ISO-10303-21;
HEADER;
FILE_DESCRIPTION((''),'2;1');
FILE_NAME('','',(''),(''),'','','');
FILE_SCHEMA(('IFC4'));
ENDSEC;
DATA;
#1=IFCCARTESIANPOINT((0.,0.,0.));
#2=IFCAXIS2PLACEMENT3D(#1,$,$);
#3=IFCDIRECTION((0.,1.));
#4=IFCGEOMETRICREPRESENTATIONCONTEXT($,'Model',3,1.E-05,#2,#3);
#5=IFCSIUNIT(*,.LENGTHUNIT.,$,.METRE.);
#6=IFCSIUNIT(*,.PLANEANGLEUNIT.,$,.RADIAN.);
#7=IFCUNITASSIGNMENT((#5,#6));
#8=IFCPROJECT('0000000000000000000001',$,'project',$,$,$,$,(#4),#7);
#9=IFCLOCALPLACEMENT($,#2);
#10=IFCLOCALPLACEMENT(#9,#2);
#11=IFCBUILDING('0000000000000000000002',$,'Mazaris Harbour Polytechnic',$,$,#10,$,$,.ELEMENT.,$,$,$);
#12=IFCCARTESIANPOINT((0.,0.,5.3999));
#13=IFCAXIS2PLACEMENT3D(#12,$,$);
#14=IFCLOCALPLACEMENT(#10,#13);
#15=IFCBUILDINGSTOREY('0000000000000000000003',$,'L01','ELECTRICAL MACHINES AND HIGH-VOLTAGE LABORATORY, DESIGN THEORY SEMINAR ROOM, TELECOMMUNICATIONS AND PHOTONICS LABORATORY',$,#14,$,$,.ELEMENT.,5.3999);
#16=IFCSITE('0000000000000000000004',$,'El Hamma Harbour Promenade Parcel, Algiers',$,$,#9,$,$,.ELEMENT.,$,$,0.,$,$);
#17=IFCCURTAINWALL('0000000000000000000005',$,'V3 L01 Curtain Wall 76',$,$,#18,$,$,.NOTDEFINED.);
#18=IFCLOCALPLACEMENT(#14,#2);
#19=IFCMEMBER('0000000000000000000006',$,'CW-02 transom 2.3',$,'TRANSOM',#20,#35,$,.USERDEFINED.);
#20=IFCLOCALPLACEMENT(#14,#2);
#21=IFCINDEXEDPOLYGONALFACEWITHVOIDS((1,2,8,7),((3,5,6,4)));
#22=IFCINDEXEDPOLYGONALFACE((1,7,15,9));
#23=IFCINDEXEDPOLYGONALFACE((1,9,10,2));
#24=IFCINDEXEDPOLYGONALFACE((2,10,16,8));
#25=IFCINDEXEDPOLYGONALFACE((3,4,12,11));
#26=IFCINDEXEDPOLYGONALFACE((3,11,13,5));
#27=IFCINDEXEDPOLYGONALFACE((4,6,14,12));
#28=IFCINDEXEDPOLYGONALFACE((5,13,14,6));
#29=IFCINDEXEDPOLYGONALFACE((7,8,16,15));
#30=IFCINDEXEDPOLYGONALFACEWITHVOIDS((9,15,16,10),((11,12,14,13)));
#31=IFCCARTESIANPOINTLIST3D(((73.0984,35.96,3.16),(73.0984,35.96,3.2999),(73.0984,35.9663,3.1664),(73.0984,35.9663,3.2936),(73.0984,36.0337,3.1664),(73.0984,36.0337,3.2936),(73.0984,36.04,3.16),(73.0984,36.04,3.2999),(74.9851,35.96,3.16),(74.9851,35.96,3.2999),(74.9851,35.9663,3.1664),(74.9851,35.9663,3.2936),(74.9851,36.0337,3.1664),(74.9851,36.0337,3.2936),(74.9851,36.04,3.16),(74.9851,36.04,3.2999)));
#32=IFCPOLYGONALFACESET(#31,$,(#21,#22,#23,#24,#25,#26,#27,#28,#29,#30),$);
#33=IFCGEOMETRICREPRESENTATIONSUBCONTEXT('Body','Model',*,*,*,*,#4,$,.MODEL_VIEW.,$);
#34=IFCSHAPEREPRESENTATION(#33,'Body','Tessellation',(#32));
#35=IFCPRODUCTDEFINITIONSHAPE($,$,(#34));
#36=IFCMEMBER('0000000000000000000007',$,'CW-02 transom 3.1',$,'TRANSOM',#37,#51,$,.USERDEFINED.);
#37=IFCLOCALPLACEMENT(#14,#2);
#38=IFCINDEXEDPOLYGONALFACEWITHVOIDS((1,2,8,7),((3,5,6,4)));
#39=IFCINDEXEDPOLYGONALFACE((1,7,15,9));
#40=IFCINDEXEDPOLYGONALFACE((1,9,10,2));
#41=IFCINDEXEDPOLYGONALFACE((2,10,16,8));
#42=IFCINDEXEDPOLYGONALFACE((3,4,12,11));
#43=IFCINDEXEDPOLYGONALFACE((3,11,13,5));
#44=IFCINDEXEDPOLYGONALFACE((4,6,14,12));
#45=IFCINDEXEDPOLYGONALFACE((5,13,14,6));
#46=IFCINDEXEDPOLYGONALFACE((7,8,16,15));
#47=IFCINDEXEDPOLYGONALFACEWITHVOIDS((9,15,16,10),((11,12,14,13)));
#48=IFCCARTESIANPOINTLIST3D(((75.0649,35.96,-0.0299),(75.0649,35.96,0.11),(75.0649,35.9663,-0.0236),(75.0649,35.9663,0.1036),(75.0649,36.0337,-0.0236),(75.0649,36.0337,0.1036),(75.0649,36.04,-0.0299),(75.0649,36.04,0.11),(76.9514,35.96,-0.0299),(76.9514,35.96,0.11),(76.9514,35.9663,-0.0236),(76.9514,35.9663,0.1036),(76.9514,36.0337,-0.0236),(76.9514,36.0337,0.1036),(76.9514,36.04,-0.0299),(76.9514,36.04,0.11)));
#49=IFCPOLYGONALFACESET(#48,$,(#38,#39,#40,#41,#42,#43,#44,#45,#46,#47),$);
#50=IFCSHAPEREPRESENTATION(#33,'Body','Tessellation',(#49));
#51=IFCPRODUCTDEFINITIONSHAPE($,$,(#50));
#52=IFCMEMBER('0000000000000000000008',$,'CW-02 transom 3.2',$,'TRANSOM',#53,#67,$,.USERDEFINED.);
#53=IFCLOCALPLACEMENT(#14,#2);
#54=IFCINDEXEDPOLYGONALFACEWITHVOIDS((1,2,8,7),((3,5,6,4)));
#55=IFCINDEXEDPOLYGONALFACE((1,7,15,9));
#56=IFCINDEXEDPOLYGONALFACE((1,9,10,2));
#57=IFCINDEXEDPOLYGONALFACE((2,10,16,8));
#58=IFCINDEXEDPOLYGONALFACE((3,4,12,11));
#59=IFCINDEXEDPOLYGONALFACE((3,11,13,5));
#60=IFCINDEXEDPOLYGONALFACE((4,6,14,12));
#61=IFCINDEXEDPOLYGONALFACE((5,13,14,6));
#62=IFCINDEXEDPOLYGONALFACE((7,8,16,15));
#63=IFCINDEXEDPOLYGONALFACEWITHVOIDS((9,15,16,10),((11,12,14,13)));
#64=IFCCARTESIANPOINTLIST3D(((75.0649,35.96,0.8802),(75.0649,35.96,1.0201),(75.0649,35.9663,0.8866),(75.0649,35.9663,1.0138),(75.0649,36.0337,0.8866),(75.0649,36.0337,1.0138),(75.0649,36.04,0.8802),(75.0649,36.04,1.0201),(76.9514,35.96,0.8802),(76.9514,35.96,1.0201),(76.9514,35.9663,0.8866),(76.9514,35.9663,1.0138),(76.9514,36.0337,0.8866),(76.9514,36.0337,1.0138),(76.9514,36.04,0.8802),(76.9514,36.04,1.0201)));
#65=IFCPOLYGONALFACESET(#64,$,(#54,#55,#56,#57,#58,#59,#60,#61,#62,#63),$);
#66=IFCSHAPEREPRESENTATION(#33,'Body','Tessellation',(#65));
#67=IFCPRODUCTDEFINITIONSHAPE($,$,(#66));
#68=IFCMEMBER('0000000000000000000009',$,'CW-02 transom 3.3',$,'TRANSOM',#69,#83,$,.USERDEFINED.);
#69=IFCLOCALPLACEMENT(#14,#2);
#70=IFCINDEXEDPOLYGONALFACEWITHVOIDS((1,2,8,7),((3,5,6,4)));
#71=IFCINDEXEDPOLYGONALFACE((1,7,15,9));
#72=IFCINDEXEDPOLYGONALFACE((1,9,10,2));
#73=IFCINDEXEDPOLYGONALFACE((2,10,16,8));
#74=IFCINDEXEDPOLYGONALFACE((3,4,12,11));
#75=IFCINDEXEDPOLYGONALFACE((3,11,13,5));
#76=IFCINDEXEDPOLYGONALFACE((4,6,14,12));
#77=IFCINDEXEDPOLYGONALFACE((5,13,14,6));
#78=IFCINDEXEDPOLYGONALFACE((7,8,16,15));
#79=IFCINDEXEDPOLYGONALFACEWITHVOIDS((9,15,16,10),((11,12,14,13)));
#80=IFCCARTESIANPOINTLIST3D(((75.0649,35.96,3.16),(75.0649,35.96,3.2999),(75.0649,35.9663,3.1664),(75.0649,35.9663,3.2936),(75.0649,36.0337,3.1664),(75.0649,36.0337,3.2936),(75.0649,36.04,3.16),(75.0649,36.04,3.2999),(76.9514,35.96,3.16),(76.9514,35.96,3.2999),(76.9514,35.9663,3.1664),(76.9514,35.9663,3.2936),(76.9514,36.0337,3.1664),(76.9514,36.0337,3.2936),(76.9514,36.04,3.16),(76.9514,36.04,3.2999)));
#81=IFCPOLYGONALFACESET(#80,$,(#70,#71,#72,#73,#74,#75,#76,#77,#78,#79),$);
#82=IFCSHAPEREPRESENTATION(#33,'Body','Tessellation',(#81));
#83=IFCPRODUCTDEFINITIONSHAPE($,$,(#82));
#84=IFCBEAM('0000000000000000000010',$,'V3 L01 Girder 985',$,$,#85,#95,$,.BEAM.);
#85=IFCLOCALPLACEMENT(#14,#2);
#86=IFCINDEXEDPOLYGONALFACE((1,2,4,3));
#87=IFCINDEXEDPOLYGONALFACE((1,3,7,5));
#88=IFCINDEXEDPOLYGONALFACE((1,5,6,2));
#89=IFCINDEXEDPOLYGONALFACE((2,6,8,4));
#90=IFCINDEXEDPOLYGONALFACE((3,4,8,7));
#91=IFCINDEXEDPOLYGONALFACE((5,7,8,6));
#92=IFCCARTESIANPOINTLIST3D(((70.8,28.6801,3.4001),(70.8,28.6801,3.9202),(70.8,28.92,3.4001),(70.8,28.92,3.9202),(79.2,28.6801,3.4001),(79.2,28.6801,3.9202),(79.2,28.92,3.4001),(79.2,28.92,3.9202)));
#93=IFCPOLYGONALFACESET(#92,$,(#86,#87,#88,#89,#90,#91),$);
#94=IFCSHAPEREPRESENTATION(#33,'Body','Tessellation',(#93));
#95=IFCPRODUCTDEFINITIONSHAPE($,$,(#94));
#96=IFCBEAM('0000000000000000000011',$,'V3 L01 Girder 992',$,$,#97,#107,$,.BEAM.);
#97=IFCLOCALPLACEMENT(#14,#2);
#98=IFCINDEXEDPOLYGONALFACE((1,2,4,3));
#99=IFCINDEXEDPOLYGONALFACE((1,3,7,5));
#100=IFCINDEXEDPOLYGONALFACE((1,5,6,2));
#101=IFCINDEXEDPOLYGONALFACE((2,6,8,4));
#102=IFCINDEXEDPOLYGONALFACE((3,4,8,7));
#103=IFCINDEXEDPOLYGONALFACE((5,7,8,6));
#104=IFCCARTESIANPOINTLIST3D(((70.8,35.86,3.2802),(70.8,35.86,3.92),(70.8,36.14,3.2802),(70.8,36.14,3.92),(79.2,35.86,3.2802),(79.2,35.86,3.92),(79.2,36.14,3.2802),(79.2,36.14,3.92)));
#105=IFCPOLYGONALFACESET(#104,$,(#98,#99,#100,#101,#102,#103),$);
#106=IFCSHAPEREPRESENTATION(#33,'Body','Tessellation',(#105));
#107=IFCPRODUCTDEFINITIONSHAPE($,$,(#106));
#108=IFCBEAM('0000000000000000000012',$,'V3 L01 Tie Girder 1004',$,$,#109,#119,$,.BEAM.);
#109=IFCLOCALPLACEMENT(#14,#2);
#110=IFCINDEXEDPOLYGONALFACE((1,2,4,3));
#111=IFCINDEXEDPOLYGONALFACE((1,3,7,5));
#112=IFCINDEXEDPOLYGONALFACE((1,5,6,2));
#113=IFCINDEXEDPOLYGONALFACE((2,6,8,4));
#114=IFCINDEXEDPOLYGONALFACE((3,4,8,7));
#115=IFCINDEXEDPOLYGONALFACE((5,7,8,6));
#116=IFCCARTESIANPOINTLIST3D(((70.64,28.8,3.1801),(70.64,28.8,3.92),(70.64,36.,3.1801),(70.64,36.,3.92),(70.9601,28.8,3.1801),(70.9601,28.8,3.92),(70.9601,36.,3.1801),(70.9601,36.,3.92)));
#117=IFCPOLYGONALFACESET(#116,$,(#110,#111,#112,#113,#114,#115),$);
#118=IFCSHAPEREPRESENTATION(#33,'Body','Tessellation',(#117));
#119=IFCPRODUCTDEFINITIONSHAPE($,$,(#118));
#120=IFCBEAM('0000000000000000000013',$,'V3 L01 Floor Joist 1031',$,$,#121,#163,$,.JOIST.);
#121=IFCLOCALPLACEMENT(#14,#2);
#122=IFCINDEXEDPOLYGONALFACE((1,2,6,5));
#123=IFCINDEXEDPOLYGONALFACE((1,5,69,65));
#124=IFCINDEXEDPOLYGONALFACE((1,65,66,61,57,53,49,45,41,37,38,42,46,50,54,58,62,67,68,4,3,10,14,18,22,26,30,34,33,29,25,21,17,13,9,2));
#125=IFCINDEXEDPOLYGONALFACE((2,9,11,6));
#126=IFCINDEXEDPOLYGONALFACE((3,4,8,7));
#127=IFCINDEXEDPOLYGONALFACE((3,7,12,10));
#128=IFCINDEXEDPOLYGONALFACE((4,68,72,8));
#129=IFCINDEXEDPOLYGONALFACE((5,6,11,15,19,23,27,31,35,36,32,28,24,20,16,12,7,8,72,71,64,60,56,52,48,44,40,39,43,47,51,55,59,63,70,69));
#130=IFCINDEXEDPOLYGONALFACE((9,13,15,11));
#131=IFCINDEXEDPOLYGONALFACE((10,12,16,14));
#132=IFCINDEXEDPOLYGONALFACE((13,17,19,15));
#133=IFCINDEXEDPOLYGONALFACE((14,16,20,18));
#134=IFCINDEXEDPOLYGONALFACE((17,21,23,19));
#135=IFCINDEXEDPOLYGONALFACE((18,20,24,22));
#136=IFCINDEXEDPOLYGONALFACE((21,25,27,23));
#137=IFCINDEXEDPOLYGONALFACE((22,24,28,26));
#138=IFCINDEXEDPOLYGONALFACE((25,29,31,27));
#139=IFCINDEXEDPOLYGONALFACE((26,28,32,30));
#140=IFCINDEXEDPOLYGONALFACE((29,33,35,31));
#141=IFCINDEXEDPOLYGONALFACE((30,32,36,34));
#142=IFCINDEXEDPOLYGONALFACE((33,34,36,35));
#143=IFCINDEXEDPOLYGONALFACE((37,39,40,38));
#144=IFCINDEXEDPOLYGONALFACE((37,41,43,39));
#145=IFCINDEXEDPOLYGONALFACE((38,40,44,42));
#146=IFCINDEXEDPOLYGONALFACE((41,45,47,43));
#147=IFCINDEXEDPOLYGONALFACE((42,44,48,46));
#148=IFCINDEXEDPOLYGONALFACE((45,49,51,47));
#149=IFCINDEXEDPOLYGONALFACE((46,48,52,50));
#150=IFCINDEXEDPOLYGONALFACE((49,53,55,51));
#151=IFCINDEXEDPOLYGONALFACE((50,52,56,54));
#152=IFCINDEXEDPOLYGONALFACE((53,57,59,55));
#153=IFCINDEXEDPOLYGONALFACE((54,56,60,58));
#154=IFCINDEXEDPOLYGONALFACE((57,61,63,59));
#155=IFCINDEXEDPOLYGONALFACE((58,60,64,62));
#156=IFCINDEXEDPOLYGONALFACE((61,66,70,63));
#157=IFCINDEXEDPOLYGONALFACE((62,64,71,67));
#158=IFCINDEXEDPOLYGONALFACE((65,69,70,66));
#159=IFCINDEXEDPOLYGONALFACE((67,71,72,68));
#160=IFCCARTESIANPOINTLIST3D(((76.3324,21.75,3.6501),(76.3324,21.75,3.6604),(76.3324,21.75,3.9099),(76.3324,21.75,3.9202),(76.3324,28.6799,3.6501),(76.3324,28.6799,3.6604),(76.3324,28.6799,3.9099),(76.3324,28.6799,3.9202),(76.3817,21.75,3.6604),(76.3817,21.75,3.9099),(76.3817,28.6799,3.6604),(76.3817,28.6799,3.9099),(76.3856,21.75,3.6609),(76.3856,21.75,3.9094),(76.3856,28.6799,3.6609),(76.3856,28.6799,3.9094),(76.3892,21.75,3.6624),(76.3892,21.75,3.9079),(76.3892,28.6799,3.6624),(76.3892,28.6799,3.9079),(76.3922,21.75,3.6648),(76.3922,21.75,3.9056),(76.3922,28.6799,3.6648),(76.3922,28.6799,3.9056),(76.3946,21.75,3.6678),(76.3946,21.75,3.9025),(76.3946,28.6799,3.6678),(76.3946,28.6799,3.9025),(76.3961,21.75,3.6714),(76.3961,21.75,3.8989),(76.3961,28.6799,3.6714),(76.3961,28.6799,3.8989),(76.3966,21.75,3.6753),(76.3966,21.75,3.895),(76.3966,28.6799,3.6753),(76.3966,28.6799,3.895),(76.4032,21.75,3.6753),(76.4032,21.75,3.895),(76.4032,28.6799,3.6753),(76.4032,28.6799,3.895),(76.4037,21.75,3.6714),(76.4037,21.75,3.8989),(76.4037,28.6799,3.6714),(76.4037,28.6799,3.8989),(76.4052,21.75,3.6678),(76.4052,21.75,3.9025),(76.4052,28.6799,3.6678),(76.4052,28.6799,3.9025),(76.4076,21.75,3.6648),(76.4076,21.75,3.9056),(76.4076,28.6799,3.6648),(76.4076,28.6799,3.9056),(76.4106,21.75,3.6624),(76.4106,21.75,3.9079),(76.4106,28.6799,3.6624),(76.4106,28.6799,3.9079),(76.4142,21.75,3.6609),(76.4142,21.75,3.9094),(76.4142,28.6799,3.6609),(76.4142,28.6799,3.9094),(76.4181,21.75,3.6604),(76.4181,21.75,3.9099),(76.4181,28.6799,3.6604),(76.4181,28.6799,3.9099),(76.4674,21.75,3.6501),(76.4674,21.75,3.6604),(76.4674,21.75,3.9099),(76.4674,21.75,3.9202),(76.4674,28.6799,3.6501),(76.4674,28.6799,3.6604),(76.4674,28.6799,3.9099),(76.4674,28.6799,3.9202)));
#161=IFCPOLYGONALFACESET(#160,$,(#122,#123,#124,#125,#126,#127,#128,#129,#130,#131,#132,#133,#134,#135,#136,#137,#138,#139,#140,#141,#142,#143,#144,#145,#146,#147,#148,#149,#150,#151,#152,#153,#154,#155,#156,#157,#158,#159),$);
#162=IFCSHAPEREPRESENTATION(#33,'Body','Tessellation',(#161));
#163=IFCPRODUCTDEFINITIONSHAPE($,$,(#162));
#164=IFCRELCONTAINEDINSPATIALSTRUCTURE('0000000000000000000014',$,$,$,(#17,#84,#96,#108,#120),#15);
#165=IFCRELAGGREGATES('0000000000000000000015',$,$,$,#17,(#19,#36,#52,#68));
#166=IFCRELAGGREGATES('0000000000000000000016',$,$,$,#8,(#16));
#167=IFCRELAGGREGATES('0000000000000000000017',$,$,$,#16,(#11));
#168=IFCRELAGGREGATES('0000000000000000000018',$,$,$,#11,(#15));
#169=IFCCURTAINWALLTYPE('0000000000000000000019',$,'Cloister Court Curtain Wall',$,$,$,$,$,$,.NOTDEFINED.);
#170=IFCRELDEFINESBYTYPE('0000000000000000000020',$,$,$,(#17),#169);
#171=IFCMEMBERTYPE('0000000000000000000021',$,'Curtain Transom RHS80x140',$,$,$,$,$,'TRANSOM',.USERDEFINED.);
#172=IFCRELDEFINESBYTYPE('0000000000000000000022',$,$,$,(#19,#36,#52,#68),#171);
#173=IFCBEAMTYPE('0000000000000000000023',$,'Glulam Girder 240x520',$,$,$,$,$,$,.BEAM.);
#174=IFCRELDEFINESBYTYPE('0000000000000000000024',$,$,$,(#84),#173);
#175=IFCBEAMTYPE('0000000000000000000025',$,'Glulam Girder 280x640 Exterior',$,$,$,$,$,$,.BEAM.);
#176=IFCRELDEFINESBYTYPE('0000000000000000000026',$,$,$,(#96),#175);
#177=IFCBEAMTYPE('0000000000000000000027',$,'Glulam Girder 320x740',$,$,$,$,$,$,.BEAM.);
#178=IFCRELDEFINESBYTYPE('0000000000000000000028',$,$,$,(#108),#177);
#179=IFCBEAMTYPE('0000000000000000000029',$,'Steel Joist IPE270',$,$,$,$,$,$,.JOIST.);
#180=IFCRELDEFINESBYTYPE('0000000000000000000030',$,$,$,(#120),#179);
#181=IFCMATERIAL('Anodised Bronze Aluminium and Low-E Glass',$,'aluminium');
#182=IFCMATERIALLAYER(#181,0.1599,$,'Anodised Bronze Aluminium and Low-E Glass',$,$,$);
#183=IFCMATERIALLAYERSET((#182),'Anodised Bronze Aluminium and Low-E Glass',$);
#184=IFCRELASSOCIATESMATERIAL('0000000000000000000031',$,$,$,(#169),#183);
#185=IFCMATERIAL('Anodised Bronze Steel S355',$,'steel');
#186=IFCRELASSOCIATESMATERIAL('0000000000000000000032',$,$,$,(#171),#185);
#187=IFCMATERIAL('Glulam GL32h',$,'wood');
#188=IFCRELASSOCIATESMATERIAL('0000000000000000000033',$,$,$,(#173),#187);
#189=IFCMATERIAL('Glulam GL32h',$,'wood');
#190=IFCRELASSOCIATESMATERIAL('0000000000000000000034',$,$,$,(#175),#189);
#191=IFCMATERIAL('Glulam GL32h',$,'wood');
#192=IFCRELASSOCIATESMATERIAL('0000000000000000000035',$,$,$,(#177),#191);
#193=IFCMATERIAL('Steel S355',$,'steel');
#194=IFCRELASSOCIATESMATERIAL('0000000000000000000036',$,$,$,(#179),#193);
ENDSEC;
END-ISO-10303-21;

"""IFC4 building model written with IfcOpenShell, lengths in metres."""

from ifc_helpers import new_model, si_unit, direction, frame, origin, origin_2d, place, context, subcontext, project, spatial, rectangle, hollow_rectangle, i_section, extrude, material, layer, layer_set, material_profile, profile_set, type_object, element, aggregate, save


model = new_model("IFC4")

# Units and contexts
model_context = context("Model", 3, precision=1e-05, world=origin(), true_north=direction((0.0, 1.0)))
body_context = subcontext(model_context, "Body", "Model", "MODEL_VIEW")
ifc_project = project(units=[si_unit("LENGTHUNIT", "METRE"), si_unit("PLANEANGLEUNIT", "RADIAN")], contexts=[model_context])

# Site, building, storey
site_placement = place(None, origin())
site = spatial("IfcSite", under=ifc_project, at=site_placement, Name="El Hamma Harbour Promenade Parcel, Algiers", CompositionType="ELEMENT", RefElevation=0.0)
building_placement = place(site_placement, origin())
building = spatial("IfcBuilding", under=site, at=building_placement, Name="Mazaris Harbour Polytechnic", CompositionType="ELEMENT")
storey_placement = place(building_placement, frame((0.0, 0.0, 5.3999)))
storey = spatial("IfcBuildingStorey", under=building, at=storey_placement, Name="L01", Description="ELECTRICAL MACHINES AND HIGH-VOLTAGE LABORATORY, DESIGN THEORY SEMINAR ROOM, TELECOMMUNICATIONS AND PHOTONICS LABORATORY", CompositionType="ELEMENT", Elevation=5.3999)

# Curtain wall, members
ifc_material_1 = material(Name="Anodised Bronze Aluminium and Low-E Glass", Category="aluminium")
ifc_layer_1 = layer(ifc_material_1, 0.1599, Name="Anodised Bronze Aluminium and Low-E Glass")
ifc_layer_set_1 = layer_set([ifc_layer_1], Name="Anodised Bronze Aluminium and Low-E Glass")
curtain_wall_type = type_object("IfcCurtainWallType", Name="Cloister Court Curtain Wall", PredefinedType="NOTDEFINED", material=ifc_layer_set_1)
curtain_wall_placement = place(storey_placement, origin())
curtain_wall = element("IfcCurtainWall", 1, at=curtain_wall_placement, inside=storey, type_object=curtain_wall_type, Name="V3 L01 Curtain Wall 76", PredefinedType="NOTDEFINED")
ifc_material_2 = material(Name="Anodised Bronze Steel S355", Category="steel")
ifc_material_profile_1 = material_profile(ifc_material_2, hollow_rectangle(XDim=0.0801, YDim=0.1399, WallThickness=0.0063, at=origin_2d()), Name="RHS 80x140x6.3")
ifc_profile_set_1 = profile_set([ifc_material_profile_1], Name="Anodised Bronze Steel S355")
member_type_1 = type_object("IfcMemberType", Name="Curtain Transom RHS80x140", ElementType="TRANSOM", PredefinedType="USERDEFINED", material=ifc_profile_set_1)
member_1_placement = place(storey_placement, frame((73.0984, 36.0, 3.23), z_axis=(1.0, 0.0, 0.0), x_axis=(0.0, 1.0, 0.0)))
member_1 = element("IfcMember", 2, at=member_1_placement, type_object=member_type_1, Name="CW-02 transom 2.3", ObjectType="TRANSOM", PredefinedType="USERDEFINED", context=body_context, shape_type="SweptSolid", body=[
    extrude(hollow_rectangle(XDim=0.0801, YDim=0.1399, WallThickness=0.0063, at=origin_2d()), origin(), (0.0, 0.0, 1.0), 1.8867),
])
member_2_placement = place(storey_placement, frame((75.0649, 36.0, 0.04), z_axis=(1.0, 0.0, 0.0), x_axis=(0.0, 1.0, 0.0)))
member_2 = element("IfcMember", 3, at=member_2_placement, type_object=member_type_1, Name="CW-02 transom 3.1", ObjectType="TRANSOM", PredefinedType="USERDEFINED", context=body_context, shape_type="SweptSolid", body=[
    extrude(hollow_rectangle(XDim=0.0801, YDim=0.1399, WallThickness=0.0063, at=origin_2d()), origin(), (0.0, 0.0, 1.0), 1.8865),
])
member_3_placement = place(storey_placement, frame((75.0649, 36.0, 0.9502), z_axis=(1.0, 0.0, 0.0), x_axis=(0.0, 1.0, 0.0)))
member_3 = element("IfcMember", 4, at=member_3_placement, type_object=member_type_1, Name="CW-02 transom 3.2", ObjectType="TRANSOM", PredefinedType="USERDEFINED", context=body_context, shape_type="SweptSolid", body=[
    extrude(hollow_rectangle(XDim=0.0801, YDim=0.1399, WallThickness=0.0063, at=origin_2d()), origin(), (0.0, 0.0, 1.0), 1.8865),
])
member_4_placement = place(storey_placement, frame((75.0649, 36.0, 3.23), z_axis=(1.0, 0.0, 0.0), x_axis=(0.0, 1.0, 0.0)))
member_4 = element("IfcMember", 5, at=member_4_placement, type_object=member_type_1, Name="CW-02 transom 3.3", ObjectType="TRANSOM", PredefinedType="USERDEFINED", context=body_context, shape_type="SweptSolid", body=[
    extrude(hollow_rectangle(XDim=0.0801, YDim=0.1399, WallThickness=0.0063, at=origin_2d()), origin(), (0.0, 0.0, 1.0), 1.8865),
])

# Beams
ifc_material_3 = material(Name="Glulam GL32h", Category="wood")
ifc_material_profile_2 = material_profile(ifc_material_3, rectangle(XDim=0.24, YDim=0.52, at=origin_2d()), Name="RECT240x520")
ifc_profile_set_2 = profile_set([ifc_material_profile_2], Name="Glulam GL32h")
beam_type_1 = type_object("IfcBeamType", Name="Glulam Girder 240x520", PredefinedType="BEAM", material=ifc_profile_set_2)
beam_1_placement = place(storey_placement, frame((70.8, 28.8, 3.6602), z_axis=(1.0, 0.0, 0.0), x_axis=(0.0, 1.0, 0.0)))
element("IfcBeam", 6, at=beam_1_placement, inside=storey, type_object=beam_type_1, Name="V3 L01 Girder 985", PredefinedType="BEAM", context=body_context, shape_type="SweptSolid", body=[
    extrude(rectangle(XDim=0.24, YDim=0.52, at=origin_2d()), origin(), (0.0, 0.0, 1.0), 8.3999),
])
ifc_material_4 = material(Name="Glulam GL32h", Category="wood")
ifc_material_profile_3 = material_profile(ifc_material_4, rectangle(XDim=0.28, YDim=0.6399, at=origin_2d()), Name="RECT280x640")
ifc_profile_set_3 = profile_set([ifc_material_profile_3], Name="Glulam GL32h")
beam_type_2 = type_object("IfcBeamType", Name="Glulam Girder 280x640 Exterior", PredefinedType="BEAM", material=ifc_profile_set_3)
beam_2_placement = place(storey_placement, frame((70.8, 36.0, 3.6001), z_axis=(1.0, 0.0, 0.0), x_axis=(0.0, 1.0, 0.0)))
element("IfcBeam", 7, at=beam_2_placement, inside=storey, type_object=beam_type_2, Name="V3 L01 Girder 992", PredefinedType="BEAM", context=body_context, shape_type="SweptSolid", body=[
    extrude(rectangle(XDim=0.28, YDim=0.6399, at=origin_2d()), origin(), (0.0, 0.0, 1.0), 8.3999),
])
ifc_material_5 = material(Name="Glulam GL32h", Category="wood")
ifc_material_profile_4 = material_profile(ifc_material_5, rectangle(XDim=0.3201, YDim=0.74, at=origin_2d()), Name="RECT320x740")
ifc_profile_set_4 = profile_set([ifc_material_profile_4], Name="Glulam GL32h")
beam_type_3 = type_object("IfcBeamType", Name="Glulam Girder 320x740", PredefinedType="BEAM", material=ifc_profile_set_4)
beam_3_placement = place(storey_placement, frame((70.8, 28.8, 3.55), z_axis=(0.0, 1.0, 0.0), x_axis=(-1.0, 0.0, 0.0)))
element("IfcBeam", 8, at=beam_3_placement, inside=storey, type_object=beam_type_3, Name="V3 L01 Tie Girder 1004", PredefinedType="BEAM", context=body_context, shape_type="SweptSolid", body=[
    extrude(rectangle(XDim=0.3201, YDim=0.74, at=origin_2d()), origin(), (0.0, 0.0, 1.0), 7.2),
])
ifc_material_6 = material(Name="Steel S355", Category="steel")
ifc_material_profile_5 = material_profile(ifc_material_6, i_section(OverallWidth=0.135, OverallDepth=0.27, WebThickness=0.0066, FlangeThickness=0.0103, FilletRadius=0.0149, at=origin_2d()), Name="IPE 270")
ifc_profile_set_5 = profile_set([ifc_material_profile_5], Name="Steel S355")
beam_type_4 = type_object("IfcBeamType", Name="Steel Joist IPE270", PredefinedType="JOIST", material=ifc_profile_set_5)
beam_4_placement = place(storey_placement, frame((76.3999, 21.75, 3.7852), z_axis=(0.0, 1.0, 0.0), x_axis=(-1.0, 0.0, 0.0)))
element("IfcBeam", 9, at=beam_4_placement, inside=storey, type_object=beam_type_4, Name="V3 L01 Floor Joist 1031", PredefinedType="JOIST", context=body_context, shape_type="SweptSolid", body=[
    extrude(i_section(OverallWidth=0.135, OverallDepth=0.27, WebThickness=0.0066, FlangeThickness=0.0103, FilletRadius=0.0149, at=origin_2d()), origin(), (0.0, 0.0, 1.0), 6.9299),
])

aggregate(curtain_wall, [member_1, member_2, member_3, member_4])

save(model, "model.ifc")
